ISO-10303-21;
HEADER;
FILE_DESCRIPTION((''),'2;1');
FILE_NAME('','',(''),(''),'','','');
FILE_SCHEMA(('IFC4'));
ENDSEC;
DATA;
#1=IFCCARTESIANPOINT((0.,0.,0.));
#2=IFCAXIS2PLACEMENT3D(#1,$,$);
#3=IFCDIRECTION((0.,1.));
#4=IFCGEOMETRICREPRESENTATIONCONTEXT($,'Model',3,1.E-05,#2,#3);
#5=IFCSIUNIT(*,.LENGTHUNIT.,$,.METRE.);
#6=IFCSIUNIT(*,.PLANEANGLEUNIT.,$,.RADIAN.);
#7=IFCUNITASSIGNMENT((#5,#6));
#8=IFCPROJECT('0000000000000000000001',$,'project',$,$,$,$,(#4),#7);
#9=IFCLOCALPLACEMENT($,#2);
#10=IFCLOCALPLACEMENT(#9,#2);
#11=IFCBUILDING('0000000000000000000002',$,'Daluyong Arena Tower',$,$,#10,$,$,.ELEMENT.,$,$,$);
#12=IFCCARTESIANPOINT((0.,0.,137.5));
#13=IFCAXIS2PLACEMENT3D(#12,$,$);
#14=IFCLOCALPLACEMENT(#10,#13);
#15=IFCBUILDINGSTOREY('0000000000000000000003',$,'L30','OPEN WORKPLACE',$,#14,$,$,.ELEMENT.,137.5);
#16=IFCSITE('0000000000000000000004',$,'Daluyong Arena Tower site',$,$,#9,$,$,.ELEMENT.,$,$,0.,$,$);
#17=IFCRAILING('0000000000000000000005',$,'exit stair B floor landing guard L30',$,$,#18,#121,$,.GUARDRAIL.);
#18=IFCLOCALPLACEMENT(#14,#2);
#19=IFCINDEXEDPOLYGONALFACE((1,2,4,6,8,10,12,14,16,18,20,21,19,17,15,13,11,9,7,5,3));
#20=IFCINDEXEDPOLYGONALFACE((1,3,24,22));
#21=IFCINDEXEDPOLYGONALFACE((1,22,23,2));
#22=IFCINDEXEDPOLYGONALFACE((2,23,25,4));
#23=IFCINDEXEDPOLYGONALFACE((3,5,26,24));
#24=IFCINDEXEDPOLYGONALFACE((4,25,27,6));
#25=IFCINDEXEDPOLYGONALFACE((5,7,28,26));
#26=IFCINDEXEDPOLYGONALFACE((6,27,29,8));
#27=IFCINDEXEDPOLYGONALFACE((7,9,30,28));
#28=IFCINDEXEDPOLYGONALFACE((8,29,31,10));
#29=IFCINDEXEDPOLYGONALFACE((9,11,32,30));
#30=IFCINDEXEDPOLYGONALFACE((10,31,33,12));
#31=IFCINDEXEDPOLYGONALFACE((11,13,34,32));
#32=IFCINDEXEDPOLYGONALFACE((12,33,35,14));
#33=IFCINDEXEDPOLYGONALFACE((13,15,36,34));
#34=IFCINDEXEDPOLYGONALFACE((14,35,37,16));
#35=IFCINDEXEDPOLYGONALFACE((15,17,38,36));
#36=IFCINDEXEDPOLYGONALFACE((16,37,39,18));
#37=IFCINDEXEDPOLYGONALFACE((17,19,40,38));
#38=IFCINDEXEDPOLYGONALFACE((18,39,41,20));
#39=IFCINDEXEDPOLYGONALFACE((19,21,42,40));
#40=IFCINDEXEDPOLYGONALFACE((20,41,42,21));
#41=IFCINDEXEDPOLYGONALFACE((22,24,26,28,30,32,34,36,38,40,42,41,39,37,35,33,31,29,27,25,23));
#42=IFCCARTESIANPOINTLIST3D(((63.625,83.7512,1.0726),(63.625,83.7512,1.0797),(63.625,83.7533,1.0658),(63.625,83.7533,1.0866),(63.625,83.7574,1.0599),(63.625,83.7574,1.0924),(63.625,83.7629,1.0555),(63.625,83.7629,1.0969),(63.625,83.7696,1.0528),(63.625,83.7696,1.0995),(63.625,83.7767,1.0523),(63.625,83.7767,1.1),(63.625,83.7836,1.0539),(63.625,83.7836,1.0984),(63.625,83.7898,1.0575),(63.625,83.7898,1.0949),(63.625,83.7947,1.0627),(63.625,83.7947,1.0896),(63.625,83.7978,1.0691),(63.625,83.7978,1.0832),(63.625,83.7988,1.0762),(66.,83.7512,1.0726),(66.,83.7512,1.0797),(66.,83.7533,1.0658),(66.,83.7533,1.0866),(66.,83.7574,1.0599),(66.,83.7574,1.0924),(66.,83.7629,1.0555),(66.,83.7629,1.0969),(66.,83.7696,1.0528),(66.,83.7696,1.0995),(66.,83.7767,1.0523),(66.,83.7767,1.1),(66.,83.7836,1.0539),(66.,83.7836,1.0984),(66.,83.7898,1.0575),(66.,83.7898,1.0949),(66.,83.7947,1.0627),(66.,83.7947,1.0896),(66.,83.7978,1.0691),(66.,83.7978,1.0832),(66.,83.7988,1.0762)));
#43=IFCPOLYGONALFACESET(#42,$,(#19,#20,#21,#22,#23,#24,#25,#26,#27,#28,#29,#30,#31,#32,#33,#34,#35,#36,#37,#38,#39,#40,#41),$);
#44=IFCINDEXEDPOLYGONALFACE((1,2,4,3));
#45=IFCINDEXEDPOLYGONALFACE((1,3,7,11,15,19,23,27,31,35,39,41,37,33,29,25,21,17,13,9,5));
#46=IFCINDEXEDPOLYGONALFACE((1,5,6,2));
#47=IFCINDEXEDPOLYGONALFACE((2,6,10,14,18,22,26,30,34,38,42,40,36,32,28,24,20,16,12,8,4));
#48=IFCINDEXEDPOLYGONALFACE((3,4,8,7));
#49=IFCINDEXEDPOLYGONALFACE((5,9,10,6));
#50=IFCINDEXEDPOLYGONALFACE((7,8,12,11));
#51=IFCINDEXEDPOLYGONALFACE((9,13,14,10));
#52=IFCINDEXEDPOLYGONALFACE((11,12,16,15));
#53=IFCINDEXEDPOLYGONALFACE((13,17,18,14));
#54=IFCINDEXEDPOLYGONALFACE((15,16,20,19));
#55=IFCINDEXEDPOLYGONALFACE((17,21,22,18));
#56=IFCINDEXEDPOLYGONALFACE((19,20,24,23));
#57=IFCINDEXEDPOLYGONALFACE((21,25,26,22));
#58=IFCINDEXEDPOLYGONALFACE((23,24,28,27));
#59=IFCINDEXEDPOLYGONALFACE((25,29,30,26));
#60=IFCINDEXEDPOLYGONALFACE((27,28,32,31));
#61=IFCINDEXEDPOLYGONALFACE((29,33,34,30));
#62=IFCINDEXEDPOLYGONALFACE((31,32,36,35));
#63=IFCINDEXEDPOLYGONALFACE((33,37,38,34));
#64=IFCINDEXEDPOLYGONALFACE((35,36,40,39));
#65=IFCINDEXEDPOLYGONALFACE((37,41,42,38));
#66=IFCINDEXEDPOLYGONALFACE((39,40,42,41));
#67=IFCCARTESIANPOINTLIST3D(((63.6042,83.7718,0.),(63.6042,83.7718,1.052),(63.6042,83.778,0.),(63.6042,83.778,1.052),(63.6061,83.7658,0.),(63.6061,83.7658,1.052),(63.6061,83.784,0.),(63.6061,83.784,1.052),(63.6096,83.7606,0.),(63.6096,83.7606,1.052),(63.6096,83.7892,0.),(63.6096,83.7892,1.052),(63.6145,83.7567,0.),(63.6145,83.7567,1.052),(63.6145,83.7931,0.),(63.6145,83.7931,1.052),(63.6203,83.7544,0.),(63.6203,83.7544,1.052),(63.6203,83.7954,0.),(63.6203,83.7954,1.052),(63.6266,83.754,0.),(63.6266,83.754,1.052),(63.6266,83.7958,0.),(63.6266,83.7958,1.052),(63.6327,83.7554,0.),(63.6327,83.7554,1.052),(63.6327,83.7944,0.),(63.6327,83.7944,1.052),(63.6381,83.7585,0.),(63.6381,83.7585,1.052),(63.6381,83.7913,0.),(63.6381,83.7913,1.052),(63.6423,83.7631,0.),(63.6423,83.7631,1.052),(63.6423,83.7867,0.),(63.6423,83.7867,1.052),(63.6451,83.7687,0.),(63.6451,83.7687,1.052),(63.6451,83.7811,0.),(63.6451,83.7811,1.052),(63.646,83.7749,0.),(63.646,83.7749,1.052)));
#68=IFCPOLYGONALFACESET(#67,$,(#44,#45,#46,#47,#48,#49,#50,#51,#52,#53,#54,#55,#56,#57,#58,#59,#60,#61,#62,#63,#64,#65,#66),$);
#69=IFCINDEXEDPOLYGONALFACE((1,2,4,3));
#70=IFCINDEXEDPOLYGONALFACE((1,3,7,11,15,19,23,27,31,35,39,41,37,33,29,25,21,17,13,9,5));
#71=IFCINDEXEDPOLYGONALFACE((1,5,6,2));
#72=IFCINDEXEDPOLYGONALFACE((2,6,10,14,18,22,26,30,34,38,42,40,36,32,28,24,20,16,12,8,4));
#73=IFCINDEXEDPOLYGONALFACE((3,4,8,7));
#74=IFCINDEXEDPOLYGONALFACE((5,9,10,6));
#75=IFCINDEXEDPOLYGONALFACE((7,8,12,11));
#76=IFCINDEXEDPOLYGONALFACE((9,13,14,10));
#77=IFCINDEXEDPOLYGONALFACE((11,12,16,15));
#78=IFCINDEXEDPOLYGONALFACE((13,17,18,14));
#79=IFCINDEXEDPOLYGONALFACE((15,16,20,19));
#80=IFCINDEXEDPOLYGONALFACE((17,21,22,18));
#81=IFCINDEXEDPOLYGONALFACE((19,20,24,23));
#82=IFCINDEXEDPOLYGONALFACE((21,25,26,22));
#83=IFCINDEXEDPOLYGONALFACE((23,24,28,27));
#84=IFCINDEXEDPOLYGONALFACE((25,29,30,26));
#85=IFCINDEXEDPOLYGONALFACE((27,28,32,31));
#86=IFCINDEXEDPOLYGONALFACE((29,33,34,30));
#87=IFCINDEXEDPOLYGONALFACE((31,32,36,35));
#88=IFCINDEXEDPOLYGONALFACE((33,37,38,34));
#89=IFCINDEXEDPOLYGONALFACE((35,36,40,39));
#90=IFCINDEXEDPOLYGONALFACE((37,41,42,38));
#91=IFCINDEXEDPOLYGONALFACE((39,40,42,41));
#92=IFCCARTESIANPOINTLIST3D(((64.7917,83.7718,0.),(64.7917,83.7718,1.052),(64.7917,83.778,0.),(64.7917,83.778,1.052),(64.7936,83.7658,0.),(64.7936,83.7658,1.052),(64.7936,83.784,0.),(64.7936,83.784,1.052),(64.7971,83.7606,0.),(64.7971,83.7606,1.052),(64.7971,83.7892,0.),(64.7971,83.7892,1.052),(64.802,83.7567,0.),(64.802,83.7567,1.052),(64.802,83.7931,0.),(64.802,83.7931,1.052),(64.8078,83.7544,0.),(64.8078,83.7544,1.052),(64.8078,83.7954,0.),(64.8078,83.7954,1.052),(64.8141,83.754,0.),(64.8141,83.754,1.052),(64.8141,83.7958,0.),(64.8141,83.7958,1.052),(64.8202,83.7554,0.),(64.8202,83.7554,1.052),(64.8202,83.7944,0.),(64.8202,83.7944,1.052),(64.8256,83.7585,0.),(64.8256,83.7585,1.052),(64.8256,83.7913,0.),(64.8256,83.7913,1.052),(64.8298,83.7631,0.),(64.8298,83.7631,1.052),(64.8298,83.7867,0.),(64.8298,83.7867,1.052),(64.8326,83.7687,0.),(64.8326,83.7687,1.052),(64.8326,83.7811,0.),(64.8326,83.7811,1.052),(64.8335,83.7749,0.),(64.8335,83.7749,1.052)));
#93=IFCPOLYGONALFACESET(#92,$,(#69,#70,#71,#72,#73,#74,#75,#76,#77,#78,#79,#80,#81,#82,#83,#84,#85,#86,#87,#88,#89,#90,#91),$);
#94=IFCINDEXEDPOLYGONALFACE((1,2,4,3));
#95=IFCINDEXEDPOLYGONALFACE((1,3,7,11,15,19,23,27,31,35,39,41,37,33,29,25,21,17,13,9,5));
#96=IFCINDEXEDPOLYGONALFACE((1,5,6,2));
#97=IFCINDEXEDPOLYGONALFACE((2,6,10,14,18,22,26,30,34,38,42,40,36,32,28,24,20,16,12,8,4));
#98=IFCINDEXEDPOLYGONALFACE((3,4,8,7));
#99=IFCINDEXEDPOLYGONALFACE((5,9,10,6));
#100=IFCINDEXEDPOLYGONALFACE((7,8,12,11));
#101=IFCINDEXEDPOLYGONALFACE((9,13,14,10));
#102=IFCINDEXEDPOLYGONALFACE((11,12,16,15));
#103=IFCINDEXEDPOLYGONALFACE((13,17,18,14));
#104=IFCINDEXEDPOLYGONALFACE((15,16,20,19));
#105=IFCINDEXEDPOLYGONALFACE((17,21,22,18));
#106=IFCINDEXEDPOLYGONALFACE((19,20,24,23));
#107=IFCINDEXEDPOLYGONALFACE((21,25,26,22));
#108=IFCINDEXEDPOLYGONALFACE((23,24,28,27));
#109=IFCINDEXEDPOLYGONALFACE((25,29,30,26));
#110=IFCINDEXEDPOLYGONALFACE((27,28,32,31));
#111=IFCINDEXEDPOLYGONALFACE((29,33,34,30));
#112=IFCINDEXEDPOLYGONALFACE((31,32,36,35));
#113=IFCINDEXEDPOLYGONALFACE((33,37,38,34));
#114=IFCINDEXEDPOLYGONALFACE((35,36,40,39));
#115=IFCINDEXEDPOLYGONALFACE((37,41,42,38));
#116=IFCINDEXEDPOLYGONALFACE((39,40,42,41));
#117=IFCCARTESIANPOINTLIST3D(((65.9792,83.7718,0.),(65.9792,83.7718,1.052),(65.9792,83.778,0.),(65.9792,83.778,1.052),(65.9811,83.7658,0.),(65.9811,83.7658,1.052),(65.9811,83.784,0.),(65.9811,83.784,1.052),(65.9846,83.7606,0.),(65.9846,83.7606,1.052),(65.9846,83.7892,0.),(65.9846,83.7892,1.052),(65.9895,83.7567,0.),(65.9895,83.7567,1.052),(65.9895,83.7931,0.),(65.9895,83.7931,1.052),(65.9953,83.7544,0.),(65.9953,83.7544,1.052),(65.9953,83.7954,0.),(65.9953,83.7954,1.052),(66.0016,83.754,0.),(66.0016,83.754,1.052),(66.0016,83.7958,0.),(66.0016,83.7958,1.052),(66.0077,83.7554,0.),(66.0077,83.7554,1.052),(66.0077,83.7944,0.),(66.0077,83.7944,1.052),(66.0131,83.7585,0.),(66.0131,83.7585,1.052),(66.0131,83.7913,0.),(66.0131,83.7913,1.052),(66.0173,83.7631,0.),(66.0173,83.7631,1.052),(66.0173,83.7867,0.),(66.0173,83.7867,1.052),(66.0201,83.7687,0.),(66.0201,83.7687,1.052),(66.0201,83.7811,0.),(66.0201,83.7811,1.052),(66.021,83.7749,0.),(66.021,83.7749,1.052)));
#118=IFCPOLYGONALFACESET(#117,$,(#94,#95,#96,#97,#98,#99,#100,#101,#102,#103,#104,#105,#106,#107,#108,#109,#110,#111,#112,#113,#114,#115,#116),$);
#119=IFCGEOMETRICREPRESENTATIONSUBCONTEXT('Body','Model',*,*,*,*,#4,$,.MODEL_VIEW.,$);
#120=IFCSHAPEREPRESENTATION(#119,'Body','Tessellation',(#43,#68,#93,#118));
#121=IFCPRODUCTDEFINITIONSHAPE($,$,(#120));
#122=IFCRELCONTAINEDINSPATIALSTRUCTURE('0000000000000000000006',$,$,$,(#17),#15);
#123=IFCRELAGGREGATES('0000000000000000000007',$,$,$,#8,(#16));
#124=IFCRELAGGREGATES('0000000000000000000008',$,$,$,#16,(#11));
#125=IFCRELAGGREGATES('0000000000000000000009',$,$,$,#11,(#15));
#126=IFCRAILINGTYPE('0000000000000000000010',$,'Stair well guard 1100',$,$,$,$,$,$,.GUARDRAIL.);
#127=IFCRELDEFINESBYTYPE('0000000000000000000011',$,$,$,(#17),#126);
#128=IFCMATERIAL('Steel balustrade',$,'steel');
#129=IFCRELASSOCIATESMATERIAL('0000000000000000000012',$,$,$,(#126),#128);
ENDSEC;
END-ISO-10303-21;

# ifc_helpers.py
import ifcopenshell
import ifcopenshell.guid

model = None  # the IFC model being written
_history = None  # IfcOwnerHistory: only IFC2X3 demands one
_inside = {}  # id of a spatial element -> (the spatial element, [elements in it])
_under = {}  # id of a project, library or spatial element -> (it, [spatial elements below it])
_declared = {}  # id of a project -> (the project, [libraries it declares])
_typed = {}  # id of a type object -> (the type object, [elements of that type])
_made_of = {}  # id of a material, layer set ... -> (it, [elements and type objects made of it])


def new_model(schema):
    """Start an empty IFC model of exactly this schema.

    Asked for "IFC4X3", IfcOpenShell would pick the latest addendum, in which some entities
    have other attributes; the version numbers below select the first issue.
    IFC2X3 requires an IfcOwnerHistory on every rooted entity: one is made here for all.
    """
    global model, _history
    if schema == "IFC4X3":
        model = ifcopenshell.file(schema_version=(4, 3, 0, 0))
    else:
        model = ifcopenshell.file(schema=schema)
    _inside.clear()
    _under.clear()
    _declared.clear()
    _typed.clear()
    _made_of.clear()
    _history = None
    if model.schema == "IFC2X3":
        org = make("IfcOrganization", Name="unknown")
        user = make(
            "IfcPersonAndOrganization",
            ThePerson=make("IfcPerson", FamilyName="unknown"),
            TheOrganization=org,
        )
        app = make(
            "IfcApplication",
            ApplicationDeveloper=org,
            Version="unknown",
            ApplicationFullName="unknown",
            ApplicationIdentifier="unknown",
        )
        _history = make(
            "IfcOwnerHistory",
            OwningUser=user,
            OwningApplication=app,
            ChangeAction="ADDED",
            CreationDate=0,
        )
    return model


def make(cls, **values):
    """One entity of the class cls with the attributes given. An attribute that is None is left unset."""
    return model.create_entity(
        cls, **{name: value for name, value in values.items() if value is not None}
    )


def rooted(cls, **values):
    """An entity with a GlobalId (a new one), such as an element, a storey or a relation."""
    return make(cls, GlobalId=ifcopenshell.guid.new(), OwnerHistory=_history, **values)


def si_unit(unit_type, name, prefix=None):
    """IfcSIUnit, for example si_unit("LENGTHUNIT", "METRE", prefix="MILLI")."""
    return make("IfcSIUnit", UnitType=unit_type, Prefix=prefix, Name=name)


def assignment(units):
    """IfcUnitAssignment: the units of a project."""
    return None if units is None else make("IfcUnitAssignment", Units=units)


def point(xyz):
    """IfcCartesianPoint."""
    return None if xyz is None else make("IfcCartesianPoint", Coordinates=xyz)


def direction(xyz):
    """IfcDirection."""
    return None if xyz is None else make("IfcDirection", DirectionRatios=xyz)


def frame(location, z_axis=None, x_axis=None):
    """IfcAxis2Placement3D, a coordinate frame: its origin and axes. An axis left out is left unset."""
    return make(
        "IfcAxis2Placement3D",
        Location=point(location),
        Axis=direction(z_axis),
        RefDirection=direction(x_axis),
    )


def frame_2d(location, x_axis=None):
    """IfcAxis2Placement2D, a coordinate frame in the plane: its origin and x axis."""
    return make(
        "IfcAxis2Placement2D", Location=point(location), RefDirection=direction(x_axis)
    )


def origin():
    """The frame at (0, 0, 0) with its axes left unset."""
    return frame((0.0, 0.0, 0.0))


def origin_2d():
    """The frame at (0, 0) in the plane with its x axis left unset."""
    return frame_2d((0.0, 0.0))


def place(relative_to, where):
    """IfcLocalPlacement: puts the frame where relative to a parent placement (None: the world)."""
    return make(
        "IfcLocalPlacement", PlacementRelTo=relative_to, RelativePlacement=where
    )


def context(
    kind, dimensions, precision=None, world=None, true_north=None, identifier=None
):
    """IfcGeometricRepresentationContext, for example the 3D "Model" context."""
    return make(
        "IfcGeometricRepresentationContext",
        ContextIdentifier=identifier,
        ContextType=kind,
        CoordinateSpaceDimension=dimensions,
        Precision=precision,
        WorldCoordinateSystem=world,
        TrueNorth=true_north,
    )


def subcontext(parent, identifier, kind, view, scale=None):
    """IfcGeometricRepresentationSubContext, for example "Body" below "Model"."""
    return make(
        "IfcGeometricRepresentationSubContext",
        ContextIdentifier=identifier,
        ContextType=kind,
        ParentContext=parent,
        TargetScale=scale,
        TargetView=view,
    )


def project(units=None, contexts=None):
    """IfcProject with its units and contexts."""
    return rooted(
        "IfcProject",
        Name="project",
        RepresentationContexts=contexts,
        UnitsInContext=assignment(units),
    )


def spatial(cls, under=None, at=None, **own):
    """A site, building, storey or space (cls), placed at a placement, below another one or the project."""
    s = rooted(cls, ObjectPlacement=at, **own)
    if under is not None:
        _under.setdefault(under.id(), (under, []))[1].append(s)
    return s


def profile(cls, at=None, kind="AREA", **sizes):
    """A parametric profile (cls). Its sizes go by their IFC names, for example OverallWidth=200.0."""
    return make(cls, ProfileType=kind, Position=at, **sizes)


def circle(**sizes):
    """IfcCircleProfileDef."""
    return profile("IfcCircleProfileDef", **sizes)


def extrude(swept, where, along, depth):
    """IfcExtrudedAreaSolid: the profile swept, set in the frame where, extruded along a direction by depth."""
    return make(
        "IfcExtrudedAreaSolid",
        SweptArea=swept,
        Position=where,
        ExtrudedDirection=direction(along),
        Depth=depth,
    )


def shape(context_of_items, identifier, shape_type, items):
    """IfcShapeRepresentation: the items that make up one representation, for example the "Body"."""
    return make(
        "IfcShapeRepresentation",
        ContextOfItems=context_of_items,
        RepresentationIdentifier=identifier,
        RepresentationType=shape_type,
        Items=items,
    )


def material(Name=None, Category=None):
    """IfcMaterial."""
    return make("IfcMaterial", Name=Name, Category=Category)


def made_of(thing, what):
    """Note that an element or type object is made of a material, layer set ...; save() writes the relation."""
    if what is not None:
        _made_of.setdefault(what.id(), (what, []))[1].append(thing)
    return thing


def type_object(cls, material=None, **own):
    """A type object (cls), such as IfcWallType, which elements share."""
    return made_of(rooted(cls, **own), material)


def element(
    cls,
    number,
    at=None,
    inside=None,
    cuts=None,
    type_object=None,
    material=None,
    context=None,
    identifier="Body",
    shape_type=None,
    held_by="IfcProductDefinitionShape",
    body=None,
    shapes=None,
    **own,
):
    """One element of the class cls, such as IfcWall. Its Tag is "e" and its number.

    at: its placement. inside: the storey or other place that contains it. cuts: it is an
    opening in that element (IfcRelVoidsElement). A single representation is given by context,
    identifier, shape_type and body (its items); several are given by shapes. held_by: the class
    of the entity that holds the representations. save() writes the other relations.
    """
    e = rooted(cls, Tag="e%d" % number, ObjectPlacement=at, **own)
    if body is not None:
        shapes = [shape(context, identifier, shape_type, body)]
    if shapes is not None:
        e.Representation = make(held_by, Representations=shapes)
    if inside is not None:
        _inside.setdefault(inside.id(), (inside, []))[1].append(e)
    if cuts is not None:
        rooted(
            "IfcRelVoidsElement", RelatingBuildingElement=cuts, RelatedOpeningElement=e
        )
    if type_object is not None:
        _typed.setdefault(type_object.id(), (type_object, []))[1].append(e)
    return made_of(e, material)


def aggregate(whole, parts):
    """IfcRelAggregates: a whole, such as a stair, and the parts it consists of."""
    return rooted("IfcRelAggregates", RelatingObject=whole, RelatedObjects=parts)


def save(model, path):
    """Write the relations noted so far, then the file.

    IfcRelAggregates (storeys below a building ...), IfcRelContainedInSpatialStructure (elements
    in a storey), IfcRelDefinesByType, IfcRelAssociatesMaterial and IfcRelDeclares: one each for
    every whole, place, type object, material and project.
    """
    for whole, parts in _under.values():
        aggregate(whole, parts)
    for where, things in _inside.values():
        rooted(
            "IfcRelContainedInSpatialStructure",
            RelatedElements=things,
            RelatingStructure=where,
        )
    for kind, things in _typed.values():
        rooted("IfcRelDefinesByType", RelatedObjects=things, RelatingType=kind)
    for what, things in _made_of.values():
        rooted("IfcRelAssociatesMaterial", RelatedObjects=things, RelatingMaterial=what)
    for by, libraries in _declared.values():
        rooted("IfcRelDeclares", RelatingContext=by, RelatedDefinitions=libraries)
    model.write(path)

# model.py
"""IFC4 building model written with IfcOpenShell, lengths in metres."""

from ifc_helpers import new_model, si_unit, direction, frame, origin, origin_2d, place, context, subcontext, project, spatial, circle, extrude, material, type_object, element, save


model = new_model("IFC4")

# Units and contexts
model_context = context("Model", 3, precision=1e-05, world=origin(), true_north=direction((0.0, 1.0)))
body_context = subcontext(model_context, "Body", "Model", "MODEL_VIEW")
ifc_project = project(units=[si_unit("LENGTHUNIT", "METRE"), si_unit("PLANEANGLEUNIT", "RADIAN")], contexts=[model_context])

# Site, building, storey
site_placement = place(None, origin())
site = spatial("IfcSite", under=ifc_project, at=site_placement, Name="Daluyong Arena Tower site", CompositionType="ELEMENT", RefElevation=0.0)
building_placement = place(site_placement, origin())
building = spatial("IfcBuilding", under=site, at=building_placement, Name="Daluyong Arena Tower", CompositionType="ELEMENT")
storey_placement = place(building_placement, frame((0.0, 0.0, 137.5)))
storey = spatial("IfcBuildingStorey", under=building, at=storey_placement, Name="L30", Description="OPEN WORKPLACE", CompositionType="ELEMENT", Elevation=137.5)

# Railing
ifc_material_1 = material(Name="Steel balustrade", Category="steel")
railing_type_1 = type_object("IfcRailingType", Name="Stair well guard 1100", PredefinedType="GUARDRAIL", material=ifc_material_1)
railing_1_placement = place(storey_placement, frame((63.625, 83.7749, 0.0)))
element("IfcRailing", 1, at=railing_1_placement, inside=storey, type_object=railing_type_1, Name="exit stair B floor landing guard L30", PredefinedType="GUARDRAIL", context=body_context, shape_type="SweptSolid", body=[
    extrude(circle(Radius=0.0239, at=origin_2d()), frame((0.0, 0.0, 1.0762), z_axis=(1.0, 0.0, 0.0), x_axis=(0.0, 1.0, 0.0)), (0.0, 0.0, 1.0), 2.375),
    extrude(circle(Radius=0.021, at=origin_2d()), origin(), (0.0, 0.0, 1.0), 1.052),
    extrude(circle(Radius=0.021, at=origin_2d()), frame((1.1875, 0.0, 0.0)), (0.0, 0.0, 1.0), 1.052),
    extrude(circle(Radius=0.021, at=origin_2d()), frame((2.375, 0.0, 0.0)), (0.0, 0.0, 1.0), 1.052),
])

save(model, "model.ifc")
